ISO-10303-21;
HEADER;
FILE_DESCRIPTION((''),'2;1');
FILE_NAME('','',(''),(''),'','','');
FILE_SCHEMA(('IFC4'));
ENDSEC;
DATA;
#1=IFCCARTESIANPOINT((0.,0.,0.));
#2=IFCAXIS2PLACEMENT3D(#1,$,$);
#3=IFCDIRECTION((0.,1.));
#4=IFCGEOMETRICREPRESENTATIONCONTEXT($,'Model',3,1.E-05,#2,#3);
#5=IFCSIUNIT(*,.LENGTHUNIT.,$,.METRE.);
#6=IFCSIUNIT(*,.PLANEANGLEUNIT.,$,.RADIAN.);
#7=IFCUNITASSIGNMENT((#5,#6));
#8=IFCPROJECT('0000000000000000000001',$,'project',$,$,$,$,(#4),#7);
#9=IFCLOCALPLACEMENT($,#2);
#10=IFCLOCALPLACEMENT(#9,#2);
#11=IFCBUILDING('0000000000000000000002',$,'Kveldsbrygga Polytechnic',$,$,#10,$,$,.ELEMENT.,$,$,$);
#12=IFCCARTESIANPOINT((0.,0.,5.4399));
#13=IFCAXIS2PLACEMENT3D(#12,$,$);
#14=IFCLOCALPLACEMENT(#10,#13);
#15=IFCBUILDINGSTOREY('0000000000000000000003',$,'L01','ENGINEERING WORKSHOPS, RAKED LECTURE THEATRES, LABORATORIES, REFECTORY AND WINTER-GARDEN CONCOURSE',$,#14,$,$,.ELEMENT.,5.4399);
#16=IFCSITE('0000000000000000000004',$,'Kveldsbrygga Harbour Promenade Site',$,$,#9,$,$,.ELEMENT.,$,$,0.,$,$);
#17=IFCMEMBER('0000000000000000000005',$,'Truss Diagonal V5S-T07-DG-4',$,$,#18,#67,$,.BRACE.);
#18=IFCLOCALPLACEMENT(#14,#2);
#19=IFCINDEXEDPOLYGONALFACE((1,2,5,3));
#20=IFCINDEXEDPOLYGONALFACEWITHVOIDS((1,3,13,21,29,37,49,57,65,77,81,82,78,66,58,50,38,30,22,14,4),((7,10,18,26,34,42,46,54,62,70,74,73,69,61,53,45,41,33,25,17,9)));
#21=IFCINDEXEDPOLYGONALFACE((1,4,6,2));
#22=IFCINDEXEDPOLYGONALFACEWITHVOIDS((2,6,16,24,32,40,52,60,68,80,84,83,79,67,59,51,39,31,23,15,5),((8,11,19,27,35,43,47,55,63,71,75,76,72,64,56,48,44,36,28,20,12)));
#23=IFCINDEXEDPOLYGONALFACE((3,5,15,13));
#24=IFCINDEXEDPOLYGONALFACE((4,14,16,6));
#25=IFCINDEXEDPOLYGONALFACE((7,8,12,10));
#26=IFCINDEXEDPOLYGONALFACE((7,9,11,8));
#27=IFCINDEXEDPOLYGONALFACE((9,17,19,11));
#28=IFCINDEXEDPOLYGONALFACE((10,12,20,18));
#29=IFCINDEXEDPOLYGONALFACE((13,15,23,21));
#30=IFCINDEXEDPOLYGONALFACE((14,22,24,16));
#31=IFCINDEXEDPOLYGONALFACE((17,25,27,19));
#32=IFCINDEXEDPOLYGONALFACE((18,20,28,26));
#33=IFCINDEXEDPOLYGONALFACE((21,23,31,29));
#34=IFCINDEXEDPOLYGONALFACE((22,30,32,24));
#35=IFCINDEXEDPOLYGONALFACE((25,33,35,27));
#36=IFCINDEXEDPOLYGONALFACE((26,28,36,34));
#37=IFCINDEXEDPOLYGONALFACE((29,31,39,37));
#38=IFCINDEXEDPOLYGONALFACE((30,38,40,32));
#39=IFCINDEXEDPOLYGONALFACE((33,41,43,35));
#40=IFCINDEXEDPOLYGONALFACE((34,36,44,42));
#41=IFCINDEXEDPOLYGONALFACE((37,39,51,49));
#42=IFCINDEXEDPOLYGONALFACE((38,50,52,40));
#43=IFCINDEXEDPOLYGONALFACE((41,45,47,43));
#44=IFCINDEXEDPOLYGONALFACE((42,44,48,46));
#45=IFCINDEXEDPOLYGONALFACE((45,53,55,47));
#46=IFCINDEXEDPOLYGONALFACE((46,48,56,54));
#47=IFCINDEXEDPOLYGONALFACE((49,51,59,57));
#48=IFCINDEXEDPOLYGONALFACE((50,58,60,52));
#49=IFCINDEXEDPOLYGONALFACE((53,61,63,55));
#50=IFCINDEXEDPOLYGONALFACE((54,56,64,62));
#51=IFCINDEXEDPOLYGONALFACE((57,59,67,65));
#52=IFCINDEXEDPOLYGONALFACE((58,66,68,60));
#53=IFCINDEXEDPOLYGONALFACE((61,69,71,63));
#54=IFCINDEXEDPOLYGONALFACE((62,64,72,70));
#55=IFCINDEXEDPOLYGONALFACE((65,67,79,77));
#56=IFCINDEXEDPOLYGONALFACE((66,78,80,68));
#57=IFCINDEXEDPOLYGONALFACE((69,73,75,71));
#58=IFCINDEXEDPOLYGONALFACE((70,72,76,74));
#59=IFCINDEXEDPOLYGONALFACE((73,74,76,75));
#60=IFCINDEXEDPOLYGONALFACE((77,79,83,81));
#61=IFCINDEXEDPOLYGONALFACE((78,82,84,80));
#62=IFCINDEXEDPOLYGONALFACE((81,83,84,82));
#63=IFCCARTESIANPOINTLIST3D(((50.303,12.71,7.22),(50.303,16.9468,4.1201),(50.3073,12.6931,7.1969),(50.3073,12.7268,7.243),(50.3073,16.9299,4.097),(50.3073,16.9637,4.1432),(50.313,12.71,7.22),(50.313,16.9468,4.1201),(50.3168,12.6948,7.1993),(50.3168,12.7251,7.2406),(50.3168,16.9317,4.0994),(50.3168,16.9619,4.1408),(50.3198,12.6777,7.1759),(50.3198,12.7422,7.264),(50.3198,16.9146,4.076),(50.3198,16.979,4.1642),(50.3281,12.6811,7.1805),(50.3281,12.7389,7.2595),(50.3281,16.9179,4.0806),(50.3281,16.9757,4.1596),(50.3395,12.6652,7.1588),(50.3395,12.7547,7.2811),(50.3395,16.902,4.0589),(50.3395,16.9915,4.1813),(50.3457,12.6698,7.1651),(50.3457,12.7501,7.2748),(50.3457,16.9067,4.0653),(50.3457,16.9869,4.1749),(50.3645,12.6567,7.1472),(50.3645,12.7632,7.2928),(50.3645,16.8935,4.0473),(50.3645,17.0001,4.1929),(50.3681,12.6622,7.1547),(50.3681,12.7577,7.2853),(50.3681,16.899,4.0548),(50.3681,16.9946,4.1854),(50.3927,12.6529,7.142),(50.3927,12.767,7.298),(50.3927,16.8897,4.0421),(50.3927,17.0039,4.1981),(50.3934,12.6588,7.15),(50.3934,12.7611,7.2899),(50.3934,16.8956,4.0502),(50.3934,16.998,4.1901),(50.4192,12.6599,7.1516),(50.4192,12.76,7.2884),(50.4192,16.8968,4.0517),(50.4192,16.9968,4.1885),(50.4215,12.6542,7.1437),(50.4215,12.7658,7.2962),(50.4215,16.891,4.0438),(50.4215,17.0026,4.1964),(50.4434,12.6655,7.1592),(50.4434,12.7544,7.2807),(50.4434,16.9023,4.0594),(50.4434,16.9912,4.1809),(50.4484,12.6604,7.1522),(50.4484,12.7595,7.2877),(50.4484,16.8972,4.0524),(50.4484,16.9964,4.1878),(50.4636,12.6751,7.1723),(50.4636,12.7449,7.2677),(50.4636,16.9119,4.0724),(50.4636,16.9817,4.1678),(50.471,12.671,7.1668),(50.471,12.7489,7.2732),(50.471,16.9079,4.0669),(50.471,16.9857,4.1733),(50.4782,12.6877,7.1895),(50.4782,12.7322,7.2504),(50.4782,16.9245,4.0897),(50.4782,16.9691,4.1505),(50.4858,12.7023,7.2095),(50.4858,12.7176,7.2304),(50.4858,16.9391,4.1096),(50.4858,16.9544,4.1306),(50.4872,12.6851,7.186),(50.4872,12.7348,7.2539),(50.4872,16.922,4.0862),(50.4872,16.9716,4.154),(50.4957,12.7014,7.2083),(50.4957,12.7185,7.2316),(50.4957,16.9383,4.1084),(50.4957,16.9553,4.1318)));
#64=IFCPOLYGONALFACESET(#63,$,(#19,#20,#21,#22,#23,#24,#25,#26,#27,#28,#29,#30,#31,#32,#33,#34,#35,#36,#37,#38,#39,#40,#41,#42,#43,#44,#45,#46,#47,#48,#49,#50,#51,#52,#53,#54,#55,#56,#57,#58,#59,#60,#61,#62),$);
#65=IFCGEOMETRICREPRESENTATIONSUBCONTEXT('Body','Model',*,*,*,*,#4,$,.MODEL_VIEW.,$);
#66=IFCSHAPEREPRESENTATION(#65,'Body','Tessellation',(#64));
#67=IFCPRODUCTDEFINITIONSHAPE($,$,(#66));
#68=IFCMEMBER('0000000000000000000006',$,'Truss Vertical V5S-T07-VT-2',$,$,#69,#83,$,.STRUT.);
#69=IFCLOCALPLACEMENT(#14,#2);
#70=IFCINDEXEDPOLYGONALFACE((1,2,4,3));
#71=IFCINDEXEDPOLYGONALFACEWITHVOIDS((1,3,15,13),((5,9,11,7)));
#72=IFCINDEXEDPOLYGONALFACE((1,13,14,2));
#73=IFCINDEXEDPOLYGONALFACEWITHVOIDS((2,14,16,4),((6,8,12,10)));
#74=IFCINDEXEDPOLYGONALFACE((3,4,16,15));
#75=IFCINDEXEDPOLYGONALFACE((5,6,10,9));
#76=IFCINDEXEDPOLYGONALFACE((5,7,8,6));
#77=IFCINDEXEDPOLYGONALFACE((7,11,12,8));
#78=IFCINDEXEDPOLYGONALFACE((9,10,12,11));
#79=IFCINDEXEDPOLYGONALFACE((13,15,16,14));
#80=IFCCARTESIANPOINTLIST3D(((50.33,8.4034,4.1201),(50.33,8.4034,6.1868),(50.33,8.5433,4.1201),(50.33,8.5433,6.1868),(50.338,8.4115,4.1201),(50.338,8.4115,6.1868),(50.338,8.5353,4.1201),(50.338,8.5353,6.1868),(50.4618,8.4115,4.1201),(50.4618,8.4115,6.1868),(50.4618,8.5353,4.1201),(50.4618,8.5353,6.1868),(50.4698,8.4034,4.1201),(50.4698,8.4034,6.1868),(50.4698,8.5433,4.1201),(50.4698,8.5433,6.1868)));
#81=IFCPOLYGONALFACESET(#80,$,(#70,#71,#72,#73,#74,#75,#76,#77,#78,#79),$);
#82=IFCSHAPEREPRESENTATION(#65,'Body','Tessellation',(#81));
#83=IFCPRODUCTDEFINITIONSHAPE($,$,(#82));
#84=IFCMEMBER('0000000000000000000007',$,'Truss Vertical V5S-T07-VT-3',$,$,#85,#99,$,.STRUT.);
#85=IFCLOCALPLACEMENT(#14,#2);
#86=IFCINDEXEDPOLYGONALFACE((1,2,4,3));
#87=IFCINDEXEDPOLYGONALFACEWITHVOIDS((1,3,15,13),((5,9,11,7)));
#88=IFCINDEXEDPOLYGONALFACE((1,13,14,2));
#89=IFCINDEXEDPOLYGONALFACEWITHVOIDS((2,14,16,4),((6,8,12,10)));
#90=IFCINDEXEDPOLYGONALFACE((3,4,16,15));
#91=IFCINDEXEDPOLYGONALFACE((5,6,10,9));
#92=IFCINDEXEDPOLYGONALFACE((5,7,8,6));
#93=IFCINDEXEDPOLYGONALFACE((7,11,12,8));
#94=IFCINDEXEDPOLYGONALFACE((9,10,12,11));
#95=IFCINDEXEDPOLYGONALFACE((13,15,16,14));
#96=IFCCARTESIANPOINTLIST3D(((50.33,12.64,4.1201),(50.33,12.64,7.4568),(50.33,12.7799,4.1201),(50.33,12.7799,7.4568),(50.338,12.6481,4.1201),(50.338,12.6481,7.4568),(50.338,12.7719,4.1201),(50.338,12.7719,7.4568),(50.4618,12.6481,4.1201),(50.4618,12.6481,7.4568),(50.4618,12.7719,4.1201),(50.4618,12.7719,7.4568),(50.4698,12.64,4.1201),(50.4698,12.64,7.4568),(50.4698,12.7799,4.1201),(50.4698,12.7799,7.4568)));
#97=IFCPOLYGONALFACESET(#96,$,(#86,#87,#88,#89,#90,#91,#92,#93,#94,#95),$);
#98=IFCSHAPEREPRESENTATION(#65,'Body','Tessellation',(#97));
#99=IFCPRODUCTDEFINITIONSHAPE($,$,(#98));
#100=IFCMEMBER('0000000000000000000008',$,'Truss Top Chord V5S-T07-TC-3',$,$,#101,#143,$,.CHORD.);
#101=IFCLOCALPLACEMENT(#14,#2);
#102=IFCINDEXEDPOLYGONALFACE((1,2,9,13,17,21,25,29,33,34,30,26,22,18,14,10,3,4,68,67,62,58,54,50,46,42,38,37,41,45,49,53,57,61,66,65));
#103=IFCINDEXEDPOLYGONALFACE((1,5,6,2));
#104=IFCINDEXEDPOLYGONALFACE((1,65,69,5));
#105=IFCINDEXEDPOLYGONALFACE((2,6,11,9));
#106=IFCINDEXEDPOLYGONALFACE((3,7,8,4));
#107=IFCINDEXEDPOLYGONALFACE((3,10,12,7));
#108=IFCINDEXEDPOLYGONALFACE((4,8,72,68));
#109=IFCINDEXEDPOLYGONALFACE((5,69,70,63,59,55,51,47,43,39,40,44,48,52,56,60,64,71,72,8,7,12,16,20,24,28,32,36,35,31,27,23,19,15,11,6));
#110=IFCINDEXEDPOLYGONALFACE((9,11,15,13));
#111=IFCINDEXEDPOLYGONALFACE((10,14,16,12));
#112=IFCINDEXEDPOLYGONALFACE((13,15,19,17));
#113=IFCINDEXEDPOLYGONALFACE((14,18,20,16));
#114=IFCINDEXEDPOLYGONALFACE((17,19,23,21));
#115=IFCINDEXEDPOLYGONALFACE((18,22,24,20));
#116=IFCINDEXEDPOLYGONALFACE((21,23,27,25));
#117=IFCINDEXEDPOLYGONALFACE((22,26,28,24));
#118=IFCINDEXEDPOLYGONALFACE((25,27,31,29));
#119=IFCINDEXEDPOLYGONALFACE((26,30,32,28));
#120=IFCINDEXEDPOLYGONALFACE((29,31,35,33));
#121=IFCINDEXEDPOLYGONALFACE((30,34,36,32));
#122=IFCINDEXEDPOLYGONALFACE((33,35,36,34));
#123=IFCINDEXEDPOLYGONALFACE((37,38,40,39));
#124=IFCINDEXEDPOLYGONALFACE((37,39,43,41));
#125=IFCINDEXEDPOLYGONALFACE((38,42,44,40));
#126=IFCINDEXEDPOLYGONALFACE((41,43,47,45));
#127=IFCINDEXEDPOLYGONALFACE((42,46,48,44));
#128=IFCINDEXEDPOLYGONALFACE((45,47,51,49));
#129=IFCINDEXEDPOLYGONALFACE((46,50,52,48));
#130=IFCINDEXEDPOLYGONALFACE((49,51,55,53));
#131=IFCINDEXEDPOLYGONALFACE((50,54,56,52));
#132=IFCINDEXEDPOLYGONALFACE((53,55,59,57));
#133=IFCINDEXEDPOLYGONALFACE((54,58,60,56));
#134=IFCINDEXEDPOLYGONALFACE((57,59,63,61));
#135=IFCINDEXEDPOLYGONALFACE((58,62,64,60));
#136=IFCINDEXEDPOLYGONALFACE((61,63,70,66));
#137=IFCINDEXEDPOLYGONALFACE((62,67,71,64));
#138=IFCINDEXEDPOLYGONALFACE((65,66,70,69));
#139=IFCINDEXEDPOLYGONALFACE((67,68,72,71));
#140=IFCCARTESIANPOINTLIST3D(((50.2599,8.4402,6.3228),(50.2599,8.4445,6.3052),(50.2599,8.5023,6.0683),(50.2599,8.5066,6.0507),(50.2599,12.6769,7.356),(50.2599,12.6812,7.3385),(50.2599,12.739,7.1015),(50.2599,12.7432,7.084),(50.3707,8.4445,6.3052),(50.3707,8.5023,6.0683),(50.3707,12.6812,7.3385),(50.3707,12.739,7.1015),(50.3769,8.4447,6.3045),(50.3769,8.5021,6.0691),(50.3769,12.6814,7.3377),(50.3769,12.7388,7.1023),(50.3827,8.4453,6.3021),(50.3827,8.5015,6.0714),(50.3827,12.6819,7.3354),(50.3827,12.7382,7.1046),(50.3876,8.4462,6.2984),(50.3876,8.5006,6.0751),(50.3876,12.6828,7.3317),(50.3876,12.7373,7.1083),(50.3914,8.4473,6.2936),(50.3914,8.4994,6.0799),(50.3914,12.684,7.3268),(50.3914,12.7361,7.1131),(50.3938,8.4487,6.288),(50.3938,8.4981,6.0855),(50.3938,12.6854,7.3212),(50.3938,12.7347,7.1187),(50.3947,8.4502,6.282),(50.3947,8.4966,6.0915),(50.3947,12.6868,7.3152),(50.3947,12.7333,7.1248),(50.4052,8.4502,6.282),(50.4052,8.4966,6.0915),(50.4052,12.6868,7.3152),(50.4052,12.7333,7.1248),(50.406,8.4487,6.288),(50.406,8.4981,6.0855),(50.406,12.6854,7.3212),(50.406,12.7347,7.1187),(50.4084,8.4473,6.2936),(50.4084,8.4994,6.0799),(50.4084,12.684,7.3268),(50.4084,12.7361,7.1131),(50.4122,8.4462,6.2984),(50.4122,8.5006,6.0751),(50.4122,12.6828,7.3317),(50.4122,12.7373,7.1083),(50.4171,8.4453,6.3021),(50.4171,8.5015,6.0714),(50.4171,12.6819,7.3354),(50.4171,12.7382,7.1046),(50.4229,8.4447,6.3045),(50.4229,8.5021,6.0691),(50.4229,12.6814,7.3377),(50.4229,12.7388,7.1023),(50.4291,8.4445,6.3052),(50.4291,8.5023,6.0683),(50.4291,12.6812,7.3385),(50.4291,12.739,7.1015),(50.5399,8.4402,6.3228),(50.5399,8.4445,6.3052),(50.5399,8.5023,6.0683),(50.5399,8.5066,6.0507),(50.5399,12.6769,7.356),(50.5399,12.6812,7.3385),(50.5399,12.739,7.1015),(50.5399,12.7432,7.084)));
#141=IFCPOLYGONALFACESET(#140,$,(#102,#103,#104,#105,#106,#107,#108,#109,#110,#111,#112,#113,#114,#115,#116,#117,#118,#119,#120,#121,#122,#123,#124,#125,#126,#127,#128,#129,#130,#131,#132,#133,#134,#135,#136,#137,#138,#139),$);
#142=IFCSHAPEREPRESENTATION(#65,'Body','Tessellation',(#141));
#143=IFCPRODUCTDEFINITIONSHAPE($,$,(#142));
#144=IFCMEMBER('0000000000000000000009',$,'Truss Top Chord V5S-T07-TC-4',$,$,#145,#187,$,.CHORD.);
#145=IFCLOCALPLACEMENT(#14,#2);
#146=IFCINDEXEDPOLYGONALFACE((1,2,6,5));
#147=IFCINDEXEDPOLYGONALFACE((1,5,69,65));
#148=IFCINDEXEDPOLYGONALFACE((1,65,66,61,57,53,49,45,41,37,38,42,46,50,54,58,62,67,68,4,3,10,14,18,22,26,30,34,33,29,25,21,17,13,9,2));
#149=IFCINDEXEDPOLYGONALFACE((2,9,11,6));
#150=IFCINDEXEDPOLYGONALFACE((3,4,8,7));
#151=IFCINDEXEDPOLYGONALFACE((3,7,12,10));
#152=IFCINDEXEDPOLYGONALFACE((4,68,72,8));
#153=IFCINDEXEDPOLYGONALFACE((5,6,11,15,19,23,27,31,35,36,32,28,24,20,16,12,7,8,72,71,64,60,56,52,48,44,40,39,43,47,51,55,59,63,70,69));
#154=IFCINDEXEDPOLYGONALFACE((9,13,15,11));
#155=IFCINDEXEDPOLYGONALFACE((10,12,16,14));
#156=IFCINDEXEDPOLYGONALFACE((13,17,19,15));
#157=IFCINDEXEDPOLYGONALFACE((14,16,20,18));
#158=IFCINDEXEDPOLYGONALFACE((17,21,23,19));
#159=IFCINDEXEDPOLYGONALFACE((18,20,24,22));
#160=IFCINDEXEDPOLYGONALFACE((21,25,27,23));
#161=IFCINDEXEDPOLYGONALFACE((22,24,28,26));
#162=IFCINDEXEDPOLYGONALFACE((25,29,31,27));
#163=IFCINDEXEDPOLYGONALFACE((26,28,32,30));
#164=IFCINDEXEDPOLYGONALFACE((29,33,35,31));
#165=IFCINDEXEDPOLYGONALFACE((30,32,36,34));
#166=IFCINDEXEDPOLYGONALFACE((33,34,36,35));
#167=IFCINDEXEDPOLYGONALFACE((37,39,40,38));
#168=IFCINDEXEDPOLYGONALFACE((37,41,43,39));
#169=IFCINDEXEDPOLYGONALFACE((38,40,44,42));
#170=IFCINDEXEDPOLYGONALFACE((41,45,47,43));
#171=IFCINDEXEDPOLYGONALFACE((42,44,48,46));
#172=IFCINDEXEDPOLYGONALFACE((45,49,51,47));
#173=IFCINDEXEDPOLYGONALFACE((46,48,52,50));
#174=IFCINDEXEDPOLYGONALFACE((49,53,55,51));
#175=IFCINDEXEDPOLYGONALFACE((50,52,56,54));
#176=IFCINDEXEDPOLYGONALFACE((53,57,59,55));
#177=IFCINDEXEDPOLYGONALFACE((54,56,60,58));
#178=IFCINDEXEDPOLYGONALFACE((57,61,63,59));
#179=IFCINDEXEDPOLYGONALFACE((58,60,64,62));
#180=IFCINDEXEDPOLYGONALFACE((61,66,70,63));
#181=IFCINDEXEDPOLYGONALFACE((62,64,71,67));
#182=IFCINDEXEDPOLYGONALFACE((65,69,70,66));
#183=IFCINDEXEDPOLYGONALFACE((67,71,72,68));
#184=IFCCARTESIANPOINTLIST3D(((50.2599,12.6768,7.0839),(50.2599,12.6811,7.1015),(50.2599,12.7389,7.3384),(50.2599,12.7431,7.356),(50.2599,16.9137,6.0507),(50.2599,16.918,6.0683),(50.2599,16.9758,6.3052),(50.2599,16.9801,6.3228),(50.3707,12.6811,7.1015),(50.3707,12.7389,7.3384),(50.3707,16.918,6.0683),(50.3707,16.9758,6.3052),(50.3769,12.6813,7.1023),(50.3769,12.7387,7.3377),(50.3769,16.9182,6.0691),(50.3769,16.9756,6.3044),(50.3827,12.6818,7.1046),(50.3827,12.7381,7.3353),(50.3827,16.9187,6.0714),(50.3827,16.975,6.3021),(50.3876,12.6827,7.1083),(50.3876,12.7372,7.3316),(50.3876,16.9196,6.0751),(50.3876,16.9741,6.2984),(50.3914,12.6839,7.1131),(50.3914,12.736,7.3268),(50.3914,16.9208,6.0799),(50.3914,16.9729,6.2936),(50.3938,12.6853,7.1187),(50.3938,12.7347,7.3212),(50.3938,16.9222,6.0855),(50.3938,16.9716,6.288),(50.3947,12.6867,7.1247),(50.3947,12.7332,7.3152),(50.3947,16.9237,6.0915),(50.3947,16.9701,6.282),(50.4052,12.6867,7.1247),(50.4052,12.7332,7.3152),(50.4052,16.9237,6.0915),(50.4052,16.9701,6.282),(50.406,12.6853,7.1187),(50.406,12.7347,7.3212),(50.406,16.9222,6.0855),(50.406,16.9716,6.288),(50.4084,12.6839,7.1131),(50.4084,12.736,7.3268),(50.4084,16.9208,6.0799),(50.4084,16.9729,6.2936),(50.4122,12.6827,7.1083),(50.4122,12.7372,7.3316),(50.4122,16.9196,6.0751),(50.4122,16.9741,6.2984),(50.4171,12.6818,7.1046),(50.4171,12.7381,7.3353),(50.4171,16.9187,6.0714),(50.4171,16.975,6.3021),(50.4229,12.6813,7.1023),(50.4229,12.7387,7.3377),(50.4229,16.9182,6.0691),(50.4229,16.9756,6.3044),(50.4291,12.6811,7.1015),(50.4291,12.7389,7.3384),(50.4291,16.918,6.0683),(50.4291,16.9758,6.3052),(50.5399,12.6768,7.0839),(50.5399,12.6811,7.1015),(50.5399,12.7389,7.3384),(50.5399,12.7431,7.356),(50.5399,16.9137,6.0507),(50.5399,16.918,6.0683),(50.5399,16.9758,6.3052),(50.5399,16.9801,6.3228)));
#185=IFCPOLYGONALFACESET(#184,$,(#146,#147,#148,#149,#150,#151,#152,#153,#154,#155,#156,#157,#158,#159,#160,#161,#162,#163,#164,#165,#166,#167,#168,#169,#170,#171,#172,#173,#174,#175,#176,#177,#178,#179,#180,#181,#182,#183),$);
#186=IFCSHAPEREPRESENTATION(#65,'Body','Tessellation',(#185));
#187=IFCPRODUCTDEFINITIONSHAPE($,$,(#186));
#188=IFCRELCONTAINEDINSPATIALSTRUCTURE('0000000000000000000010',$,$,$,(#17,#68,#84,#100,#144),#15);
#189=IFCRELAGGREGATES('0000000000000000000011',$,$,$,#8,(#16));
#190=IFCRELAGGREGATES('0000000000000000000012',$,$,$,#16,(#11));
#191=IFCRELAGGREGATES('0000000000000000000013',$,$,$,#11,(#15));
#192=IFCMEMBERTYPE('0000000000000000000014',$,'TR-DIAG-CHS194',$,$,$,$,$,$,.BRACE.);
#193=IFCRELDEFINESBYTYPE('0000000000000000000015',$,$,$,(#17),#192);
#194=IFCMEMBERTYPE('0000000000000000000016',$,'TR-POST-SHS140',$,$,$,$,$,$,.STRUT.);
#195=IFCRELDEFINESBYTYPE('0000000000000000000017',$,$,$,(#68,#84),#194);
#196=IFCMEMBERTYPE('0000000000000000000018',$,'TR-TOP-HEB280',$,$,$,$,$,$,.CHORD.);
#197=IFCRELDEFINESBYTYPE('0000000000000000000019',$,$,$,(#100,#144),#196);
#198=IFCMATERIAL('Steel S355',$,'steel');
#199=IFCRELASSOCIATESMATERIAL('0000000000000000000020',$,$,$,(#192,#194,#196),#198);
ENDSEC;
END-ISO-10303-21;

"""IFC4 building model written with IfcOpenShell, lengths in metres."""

from ifc_helpers import new_model, si_unit, direction, frame, origin, origin_2d, place, context, subcontext, project, spatial, hollow_rectangle, hollow_circle, i_section, extrude, material, material_profile, profile_set, type_object, element, save


model = new_model("IFC4")

# Units and contexts
model_context = context("Model", 3, precision=1e-05, world=origin(), true_north=direction((0.0, 1.0)))
body_context = subcontext(model_context, "Body", "Model", "MODEL_VIEW")
ifc_project = project(units=[si_unit("LENGTHUNIT", "METRE"), si_unit("PLANEANGLEUNIT", "RADIAN")], contexts=[model_context])

# Site, building, storey
site_placement = place(None, origin())
site = spatial("IfcSite", under=ifc_project, at=site_placement, Name="Kveldsbrygga Harbour Promenade Site", CompositionType="ELEMENT", RefElevation=0.0)
building_placement = place(site_placement, origin())
building = spatial("IfcBuilding", under=site, at=building_placement, Name="Kveldsbrygga Polytechnic", CompositionType="ELEMENT")
storey_placement = place(building_placement, frame((0.0, 0.0, 5.4399)))
storey = spatial("IfcBuildingStorey", under=building, at=storey_placement, Name="L01", Description="ENGINEERING WORKSHOPS, RAKED LECTURE THEATRES, LABORATORIES, REFECTORY AND WINTER-GARDEN CONCOURSE", CompositionType="ELEMENT", Elevation=5.4399)

# Shared definitions
ifc_material_1 = material(Name="Steel S355", Category="steel")

# Members
ifc_material_profile_1 = material_profile(ifc_material_1, hollow_circle(Radius=0.0969, WallThickness=0.01, at=origin_2d()), Name="CHS 193.7x10.0")
ifc_profile_set_1 = profile_set([ifc_material_profile_1], Name="Steel S355")
member_type_1 = type_object("IfcMemberType", Name="TR-DIAG-CHS194", PredefinedType="BRACE", material=ifc_profile_set_1)
member_1_placement = place(storey_placement, frame((50.3999, 12.71, 7.22), z_axis=(0.0, 0.807054, -0.590478), x_axis=(-1.0, 0.0, 0.0)))
element("IfcMember", 1, at=member_1_placement, inside=storey, type_object=member_type_1, Name="Truss Diagonal V5S-T07-DG-4", PredefinedType="BRACE", context=body_context, shape_type="SweptSolid", body=[
    extrude(hollow_circle(Radius=0.0969, WallThickness=0.01, at=origin_2d()), origin(), (0.0, 0.0, 1.0), 5.2498),
])
ifc_material_profile_2 = material_profile(ifc_material_1, hollow_rectangle(XDim=0.1399, YDim=0.1399, WallThickness=0.0081, at=origin_2d()), Name="SHS 140x140x8.0")
ifc_profile_set_2 = profile_set([ifc_material_profile_2], Name="Steel S355")
member_type_2 = type_object("IfcMemberType", Name="TR-POST-SHS140", PredefinedType="STRUT", material=ifc_profile_set_2)
member_2_placement = place(storey_placement, frame((50.3999, 8.4734, 4.1201), z_axis=(0.0, 0.0, 1.0), x_axis=(1.0, 0.0, 0.0)))
element("IfcMember", 2, at=member_2_placement, inside=storey, type_object=member_type_2, Name="Truss Vertical V5S-T07-VT-2", PredefinedType="STRUT", context=body_context, shape_type="SweptSolid", body=[
    extrude(hollow_rectangle(XDim=0.1399, YDim=0.1399, WallThickness=0.0081, at=origin_2d()), origin(), (0.0, 0.0, 1.0), 2.0667),
])
member_3_placement = place(storey_placement, frame((50.3999, 12.71, 4.1201), z_axis=(0.0, 0.0, 1.0), x_axis=(1.0, 0.0, 0.0)))
element("IfcMember", 3, at=member_3_placement, inside=storey, type_object=member_type_2, Name="Truss Vertical V5S-T07-VT-3", PredefinedType="STRUT", context=body_context, shape_type="SweptSolid", body=[
    extrude(hollow_rectangle(XDim=0.1399, YDim=0.1399, WallThickness=0.0081, at=origin_2d()), origin(), (0.0, 0.0, 1.0), 3.3367),
])
ifc_material_profile_3 = material_profile(ifc_material_1, i_section(OverallWidth=0.28, OverallDepth=0.28, WebThickness=0.0105, FlangeThickness=0.0181, FilletRadius=0.0239, at=origin_2d()), Name="HEB 280")
ifc_profile_set_3 = profile_set([ifc_material_profile_3], Name="Steel S355")
member_type_3 = type_object("IfcMemberType", Name="TR-TOP-HEB280", PredefinedType="CHORD", material=ifc_profile_set_3)
member_4_placement = place(storey_placement, frame((50.3999, 8.4734, 6.1868), z_axis=(0.0, 0.971526, 0.236933), x_axis=(-1.0, 0.0, 0.0)))
element("IfcMember", 4, at=member_4_placement, inside=storey, type_object=member_type_3, Name="Truss Top Chord V5S-T07-TC-3", PredefinedType="CHORD", context=body_context, shape_type="SweptSolid", body=[
    extrude(i_section(OverallWidth=0.28, OverallDepth=0.28, WebThickness=0.0105, FlangeThickness=0.0181, FilletRadius=0.0239, at=origin_2d()), origin(), (0.0, 0.0, 1.0), 4.3608),
])
member_5_placement = place(storey_placement, frame((50.3999, 12.71, 7.22), z_axis=(0.0, 0.971529, -0.23692), x_axis=(-1.0, 0.0, 0.0)))
element("IfcMember", 5, at=member_5_placement, inside=storey, type_object=member_type_3, Name="Truss Top Chord V5S-T07-TC-4", PredefinedType="CHORD", context=body_context, shape_type="SweptSolid", body=[
    extrude(i_section(OverallWidth=0.28, OverallDepth=0.28, WebThickness=0.0105, FlangeThickness=0.0181, FilletRadius=0.0239, at=origin_2d()), origin(), (0.0, 0.0, 1.0), 4.3611),
])

save(model, "model.ifc")
